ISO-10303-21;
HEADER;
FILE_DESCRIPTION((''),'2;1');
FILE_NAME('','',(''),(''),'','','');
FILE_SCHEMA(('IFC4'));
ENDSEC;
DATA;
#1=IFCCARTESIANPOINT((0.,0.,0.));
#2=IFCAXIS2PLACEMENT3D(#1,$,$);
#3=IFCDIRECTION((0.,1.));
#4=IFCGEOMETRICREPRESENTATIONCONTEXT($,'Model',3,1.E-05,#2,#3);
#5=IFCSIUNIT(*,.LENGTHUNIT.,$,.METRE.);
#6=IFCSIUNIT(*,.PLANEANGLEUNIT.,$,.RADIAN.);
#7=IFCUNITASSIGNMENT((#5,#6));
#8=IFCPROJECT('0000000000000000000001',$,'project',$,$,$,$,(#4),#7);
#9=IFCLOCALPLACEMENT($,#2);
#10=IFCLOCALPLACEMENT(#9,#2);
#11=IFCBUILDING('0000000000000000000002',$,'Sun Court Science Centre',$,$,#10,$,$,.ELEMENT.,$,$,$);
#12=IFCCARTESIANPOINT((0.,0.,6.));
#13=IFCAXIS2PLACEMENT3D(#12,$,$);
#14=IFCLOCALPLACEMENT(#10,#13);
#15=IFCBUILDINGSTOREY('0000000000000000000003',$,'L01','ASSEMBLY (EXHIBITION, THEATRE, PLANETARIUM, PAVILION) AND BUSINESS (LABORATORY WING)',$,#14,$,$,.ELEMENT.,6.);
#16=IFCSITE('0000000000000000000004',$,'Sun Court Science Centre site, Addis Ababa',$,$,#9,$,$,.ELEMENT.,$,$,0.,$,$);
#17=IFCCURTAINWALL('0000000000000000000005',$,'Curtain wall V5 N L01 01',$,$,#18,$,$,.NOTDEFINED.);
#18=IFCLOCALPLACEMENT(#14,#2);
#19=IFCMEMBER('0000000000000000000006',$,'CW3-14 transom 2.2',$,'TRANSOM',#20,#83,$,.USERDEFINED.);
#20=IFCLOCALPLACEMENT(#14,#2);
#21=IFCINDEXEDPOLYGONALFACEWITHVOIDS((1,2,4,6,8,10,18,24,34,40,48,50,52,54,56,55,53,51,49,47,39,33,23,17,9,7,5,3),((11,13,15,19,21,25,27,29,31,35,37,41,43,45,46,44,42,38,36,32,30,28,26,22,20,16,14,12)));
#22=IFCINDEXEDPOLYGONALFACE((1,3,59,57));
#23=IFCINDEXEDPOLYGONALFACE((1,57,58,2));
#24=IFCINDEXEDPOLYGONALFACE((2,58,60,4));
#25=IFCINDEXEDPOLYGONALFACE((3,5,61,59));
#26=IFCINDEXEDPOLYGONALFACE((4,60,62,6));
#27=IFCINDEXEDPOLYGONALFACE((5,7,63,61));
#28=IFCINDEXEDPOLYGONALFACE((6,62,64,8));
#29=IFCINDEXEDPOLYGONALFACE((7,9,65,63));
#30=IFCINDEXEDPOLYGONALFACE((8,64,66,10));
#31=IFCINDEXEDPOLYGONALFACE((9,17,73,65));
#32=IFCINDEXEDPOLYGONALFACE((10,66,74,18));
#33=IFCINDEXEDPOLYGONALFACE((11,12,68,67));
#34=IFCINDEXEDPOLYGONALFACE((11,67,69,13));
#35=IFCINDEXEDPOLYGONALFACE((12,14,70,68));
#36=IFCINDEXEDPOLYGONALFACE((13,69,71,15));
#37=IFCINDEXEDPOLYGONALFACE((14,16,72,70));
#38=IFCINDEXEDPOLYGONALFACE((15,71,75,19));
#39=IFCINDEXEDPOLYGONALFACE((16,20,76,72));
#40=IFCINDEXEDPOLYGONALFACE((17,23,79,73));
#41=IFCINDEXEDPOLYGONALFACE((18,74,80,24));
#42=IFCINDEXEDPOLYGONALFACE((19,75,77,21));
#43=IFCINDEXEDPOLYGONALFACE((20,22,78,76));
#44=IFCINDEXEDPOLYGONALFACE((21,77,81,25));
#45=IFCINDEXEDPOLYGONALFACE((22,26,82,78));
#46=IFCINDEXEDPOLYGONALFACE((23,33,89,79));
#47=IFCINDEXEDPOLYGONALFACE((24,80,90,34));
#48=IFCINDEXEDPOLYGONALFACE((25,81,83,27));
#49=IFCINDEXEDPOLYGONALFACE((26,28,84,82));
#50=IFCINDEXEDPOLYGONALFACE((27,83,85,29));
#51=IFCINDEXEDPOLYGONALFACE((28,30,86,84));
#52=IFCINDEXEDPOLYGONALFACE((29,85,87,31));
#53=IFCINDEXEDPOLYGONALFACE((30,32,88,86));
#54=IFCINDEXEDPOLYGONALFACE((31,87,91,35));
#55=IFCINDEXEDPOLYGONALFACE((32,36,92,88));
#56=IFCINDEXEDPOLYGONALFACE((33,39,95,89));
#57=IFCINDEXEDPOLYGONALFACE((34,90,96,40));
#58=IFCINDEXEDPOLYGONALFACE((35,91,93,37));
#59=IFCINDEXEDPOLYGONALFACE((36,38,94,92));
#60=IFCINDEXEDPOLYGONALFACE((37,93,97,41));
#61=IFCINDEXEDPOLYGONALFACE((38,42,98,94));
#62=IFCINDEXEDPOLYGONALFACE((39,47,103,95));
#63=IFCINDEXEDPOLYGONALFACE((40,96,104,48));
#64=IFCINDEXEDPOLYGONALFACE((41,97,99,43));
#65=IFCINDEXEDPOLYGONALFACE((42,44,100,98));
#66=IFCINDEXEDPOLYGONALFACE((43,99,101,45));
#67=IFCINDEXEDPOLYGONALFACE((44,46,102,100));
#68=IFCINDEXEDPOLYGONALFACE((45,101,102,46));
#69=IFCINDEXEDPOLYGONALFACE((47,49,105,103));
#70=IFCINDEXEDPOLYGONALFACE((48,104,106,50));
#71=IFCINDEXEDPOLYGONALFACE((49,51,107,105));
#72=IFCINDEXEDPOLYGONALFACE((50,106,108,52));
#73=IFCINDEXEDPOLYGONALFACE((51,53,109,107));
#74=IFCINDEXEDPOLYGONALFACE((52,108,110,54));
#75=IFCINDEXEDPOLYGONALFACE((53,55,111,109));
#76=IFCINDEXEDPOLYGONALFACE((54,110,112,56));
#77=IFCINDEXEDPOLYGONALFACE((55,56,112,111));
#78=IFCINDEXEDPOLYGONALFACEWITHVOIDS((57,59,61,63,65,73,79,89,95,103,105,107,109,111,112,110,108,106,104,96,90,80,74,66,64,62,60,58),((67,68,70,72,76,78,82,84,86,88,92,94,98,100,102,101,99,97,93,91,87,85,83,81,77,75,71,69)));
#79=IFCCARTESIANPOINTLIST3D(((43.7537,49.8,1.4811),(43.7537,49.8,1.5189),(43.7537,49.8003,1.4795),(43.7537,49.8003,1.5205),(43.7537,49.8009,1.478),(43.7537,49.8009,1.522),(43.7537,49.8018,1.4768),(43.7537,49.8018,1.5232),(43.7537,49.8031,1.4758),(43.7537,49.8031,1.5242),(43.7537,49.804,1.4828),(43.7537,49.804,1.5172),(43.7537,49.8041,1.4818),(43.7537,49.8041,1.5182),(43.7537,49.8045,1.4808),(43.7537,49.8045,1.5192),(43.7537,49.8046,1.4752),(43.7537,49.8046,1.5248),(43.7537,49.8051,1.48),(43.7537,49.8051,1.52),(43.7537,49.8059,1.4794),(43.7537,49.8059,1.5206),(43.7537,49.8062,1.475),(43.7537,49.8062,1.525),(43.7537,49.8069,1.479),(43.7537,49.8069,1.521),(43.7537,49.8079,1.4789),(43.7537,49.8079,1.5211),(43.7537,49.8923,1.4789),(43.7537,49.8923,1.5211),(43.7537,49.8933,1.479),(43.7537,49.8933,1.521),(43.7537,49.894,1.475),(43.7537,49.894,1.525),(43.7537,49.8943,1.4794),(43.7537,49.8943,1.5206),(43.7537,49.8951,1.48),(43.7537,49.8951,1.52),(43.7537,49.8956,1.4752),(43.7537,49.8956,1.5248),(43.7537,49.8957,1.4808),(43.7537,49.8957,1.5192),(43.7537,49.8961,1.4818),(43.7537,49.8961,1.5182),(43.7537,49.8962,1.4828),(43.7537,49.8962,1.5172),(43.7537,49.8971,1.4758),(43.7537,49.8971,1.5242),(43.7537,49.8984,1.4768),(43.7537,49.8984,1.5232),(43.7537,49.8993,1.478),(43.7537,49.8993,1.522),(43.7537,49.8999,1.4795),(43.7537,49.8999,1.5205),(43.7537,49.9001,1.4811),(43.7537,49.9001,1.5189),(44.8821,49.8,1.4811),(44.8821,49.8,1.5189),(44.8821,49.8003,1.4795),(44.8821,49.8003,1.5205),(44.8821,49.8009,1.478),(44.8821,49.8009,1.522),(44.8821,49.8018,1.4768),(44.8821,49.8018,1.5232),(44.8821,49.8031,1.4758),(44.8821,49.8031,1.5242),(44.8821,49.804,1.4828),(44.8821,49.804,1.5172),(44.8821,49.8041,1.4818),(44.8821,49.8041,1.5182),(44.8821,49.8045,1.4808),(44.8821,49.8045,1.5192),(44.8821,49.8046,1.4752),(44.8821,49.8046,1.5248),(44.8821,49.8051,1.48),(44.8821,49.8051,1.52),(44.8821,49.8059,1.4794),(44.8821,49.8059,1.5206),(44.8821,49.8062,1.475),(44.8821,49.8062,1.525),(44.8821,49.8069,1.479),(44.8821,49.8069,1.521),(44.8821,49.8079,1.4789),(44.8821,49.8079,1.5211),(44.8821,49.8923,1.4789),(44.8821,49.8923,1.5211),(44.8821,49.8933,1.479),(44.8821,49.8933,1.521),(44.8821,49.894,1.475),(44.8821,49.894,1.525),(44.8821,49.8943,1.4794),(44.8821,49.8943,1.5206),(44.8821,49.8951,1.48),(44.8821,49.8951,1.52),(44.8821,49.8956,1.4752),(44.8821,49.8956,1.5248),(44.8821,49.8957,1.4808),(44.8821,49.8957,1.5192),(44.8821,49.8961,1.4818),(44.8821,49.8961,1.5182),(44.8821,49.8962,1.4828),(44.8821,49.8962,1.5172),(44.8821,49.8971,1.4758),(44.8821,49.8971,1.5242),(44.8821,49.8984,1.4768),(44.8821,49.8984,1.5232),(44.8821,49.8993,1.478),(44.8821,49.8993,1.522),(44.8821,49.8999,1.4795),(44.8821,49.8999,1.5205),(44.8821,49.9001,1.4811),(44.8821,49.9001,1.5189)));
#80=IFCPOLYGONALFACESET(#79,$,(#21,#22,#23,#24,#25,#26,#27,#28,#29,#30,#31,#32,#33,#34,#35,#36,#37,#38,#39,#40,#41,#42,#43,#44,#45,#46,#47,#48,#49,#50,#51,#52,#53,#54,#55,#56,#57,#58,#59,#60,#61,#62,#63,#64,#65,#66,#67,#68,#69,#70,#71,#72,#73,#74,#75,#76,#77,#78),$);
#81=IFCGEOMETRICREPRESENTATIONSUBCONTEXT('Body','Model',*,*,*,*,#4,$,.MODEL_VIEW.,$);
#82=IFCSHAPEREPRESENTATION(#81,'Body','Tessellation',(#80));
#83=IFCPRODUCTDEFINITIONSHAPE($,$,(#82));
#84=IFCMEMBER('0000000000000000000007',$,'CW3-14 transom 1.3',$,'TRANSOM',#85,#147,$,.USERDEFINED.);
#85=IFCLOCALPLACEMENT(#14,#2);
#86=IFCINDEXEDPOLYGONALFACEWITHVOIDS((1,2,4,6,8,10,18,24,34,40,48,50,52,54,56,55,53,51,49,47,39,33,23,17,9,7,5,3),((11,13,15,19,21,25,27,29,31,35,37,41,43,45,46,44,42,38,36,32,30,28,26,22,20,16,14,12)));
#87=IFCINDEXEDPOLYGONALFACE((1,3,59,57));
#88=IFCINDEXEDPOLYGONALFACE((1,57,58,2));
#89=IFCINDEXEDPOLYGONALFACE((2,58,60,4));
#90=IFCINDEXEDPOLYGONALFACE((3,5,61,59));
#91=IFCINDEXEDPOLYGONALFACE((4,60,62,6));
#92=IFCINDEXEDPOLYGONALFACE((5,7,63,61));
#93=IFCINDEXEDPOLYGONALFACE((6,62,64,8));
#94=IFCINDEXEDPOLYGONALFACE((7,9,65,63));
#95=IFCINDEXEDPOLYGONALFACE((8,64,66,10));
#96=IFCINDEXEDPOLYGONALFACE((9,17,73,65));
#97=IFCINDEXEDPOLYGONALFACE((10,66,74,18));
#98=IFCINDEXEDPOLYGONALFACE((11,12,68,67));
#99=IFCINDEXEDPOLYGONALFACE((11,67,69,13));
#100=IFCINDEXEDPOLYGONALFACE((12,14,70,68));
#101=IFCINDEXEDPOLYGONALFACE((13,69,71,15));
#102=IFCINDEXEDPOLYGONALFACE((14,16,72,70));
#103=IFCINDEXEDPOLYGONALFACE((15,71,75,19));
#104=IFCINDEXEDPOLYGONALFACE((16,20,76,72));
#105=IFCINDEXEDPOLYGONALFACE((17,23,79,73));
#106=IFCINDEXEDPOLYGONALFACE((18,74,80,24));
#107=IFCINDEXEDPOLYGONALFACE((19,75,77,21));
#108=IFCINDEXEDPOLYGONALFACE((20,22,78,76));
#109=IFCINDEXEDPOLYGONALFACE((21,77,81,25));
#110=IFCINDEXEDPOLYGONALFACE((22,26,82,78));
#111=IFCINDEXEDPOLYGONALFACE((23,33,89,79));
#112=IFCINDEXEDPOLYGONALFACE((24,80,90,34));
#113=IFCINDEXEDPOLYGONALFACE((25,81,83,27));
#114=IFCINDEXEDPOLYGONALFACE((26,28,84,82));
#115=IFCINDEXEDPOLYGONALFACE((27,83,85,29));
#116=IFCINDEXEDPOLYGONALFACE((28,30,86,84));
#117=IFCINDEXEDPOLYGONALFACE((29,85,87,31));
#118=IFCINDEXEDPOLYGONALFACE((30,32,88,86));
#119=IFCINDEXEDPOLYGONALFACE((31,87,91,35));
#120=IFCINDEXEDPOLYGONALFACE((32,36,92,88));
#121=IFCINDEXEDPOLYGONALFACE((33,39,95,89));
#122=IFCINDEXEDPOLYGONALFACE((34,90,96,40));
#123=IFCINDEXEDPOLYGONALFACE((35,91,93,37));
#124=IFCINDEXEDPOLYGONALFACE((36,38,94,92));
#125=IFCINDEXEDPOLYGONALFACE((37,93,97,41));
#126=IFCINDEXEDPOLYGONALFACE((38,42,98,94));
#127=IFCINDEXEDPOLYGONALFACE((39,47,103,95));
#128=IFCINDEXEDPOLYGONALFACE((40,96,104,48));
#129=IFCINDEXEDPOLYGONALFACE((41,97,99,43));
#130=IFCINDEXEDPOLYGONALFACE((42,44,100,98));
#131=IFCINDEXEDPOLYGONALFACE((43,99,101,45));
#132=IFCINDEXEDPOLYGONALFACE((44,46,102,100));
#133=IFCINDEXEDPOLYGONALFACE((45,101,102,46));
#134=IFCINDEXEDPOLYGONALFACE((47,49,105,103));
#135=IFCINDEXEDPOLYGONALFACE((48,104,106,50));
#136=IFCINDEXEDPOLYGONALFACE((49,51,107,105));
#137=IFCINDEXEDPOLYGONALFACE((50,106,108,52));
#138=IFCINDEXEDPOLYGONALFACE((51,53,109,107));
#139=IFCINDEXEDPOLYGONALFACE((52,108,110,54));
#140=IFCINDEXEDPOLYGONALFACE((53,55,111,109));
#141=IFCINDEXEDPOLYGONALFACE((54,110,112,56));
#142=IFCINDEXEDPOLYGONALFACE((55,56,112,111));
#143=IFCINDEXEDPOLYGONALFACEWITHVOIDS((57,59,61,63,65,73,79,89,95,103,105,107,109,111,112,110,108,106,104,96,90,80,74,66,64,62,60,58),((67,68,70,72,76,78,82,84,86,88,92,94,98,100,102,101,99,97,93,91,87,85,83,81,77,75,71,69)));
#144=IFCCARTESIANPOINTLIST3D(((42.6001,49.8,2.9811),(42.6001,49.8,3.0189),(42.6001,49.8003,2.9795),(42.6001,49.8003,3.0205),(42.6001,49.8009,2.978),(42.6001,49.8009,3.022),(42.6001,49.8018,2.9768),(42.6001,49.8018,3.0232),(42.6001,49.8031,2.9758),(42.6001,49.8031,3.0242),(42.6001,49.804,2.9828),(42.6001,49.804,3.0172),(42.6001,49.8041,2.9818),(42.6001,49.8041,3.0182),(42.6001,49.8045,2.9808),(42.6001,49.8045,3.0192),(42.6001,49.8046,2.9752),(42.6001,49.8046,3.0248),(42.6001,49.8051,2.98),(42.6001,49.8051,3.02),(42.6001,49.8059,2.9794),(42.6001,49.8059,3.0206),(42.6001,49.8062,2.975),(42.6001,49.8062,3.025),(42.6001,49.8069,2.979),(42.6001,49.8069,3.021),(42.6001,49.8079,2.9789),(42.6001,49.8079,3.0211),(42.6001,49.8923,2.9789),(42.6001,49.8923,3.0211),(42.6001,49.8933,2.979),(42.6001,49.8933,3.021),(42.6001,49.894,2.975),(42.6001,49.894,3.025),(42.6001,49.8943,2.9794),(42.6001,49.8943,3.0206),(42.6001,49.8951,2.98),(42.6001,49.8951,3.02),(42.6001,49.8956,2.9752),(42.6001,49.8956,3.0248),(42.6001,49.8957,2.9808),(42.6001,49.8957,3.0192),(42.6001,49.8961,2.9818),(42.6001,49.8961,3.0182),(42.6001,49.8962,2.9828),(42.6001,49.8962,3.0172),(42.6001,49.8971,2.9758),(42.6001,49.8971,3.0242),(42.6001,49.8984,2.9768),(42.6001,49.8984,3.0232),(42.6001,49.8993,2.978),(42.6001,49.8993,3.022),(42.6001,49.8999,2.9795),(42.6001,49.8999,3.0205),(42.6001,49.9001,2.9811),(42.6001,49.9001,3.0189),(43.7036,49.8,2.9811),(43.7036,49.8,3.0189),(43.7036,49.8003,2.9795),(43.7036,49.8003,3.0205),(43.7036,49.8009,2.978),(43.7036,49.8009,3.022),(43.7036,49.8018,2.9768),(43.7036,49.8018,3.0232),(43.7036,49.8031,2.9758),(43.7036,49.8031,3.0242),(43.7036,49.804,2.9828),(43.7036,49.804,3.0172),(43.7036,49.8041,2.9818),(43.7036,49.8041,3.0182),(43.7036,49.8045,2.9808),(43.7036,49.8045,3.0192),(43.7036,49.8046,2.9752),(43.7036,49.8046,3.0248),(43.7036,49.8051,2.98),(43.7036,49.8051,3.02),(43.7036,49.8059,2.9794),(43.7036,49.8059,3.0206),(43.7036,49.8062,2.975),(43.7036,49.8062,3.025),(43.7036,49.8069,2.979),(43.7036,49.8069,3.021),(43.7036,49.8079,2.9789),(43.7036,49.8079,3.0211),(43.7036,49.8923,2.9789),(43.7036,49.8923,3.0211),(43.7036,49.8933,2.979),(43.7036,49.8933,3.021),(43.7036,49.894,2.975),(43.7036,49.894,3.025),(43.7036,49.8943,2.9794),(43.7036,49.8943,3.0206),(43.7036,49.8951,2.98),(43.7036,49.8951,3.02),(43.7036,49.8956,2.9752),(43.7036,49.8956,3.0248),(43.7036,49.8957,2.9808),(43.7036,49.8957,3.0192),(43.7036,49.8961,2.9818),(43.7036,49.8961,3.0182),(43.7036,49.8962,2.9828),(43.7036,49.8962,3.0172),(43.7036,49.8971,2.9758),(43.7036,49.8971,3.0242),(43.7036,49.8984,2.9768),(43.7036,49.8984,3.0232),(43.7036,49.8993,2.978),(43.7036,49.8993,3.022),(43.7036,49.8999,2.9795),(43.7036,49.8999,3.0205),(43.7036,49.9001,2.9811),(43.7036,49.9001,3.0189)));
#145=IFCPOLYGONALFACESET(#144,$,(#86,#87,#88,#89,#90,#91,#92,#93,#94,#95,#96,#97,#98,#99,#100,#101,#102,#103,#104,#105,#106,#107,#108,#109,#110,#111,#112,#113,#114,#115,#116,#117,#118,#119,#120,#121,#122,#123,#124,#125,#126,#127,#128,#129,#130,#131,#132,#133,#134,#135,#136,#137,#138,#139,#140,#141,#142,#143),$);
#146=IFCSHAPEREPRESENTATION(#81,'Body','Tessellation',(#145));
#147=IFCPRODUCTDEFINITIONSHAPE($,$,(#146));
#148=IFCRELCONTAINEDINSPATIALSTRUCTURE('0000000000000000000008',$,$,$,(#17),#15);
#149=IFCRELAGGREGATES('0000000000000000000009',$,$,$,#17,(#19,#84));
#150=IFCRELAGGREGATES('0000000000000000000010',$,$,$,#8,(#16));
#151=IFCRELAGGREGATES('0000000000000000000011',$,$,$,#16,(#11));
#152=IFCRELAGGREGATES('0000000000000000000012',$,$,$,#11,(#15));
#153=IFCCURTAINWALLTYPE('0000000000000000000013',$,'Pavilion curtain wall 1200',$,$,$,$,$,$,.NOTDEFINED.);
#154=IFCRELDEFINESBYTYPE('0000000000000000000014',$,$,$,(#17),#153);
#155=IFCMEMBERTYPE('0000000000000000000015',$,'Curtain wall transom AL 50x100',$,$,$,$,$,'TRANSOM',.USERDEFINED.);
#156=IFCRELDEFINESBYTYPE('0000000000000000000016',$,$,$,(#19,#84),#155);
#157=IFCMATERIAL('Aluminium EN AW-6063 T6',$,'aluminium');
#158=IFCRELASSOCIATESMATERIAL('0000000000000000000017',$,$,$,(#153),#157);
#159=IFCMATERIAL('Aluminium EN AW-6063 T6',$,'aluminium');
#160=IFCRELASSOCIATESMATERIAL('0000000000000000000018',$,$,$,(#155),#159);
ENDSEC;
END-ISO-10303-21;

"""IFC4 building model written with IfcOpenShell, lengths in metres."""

from ifc_helpers import new_model, si_unit, direction, frame, origin, origin_2d, place, context, subcontext, project, spatial, hollow_rectangle, extrude, material, material_profile, profile_set, type_object, element, aggregate, save


model = new_model("IFC4")

# Units and contexts
model_context = context("Model", 3, precision=1e-05, world=origin(), true_north=direction((0.0, 1.0)))
body_context = subcontext(model_context, "Body", "Model", "MODEL_VIEW")
ifc_project = project(units=[si_unit("LENGTHUNIT", "METRE"), si_unit("PLANEANGLEUNIT", "RADIAN")], contexts=[model_context])

# Site, building, storey
site_placement = place(None, origin())
site = spatial("IfcSite", under=ifc_project, at=site_placement, Name="Sun Court Science Centre site, Addis Ababa", CompositionType="ELEMENT", RefElevation=0.0)
building_placement = place(site_placement, origin())
building = spatial("IfcBuilding", under=site, at=building_placement, Name="Sun Court Science Centre", CompositionType="ELEMENT")
storey_placement = place(building_placement, frame((0.0, 0.0, 6.0)))
storey = spatial("IfcBuildingStorey", under=building, at=storey_placement, Name="L01", Description="ASSEMBLY (EXHIBITION, THEATRE, PLANETARIUM, PAVILION) AND BUSINESS (LABORATORY WING)", CompositionType="ELEMENT", Elevation=6.0)

# Curtain wall
ifc_material_1 = material(Name="Aluminium EN AW-6063 T6", Category="aluminium")
curtain_wall_type_1 = type_object("IfcCurtainWallType", Name="Pavilion curtain wall 1200", PredefinedType="NOTDEFINED", material=ifc_material_1)
curtain_wall_1_placement = place(storey_placement, origin())
curtain_wall_1 = element("IfcCurtainWall", 1, at=curtain_wall_1_placement, inside=storey, type_object=curtain_wall_type_1, Name="Curtain wall V5 N L01 01", PredefinedType="NOTDEFINED")

# Members
ifc_material_2 = material(Name="Aluminium EN AW-6063 T6", Category="aluminium")
ifc_material_profile_1 = material_profile(ifc_material_2, hollow_rectangle(XDim=0.05, YDim=0.1001, WallThickness=0.0039, InnerFilletRadius=0.0039, OuterFilletRadius=0.0061, at=origin_2d()), Name="AL 50x100x4")
ifc_profile_set_1 = profile_set([ifc_material_profile_1], Name="Aluminium EN AW-6063 T6")
member_type_1 = type_object("IfcMemberType", Name="Curtain wall transom AL 50x100", ElementType="TRANSOM", PredefinedType="USERDEFINED", material=ifc_profile_set_1)
member_1_placement = place(storey_placement, frame((43.7537, 49.8501, 1.5), z_axis=(1.0, 0.0, 0.0), x_axis=(0.0, 0.0, 1.0)))
member_1 = element("IfcMember", 2, at=member_1_placement, type_object=member_type_1, Name="CW3-14 transom 2.2", ObjectType="TRANSOM", PredefinedType="USERDEFINED", context=body_context, shape_type="SweptSolid", body=[
    extrude(hollow_rectangle(XDim=0.05, YDim=0.1001, WallThickness=0.0039, InnerFilletRadius=0.0039, OuterFilletRadius=0.0061, at=origin_2d()), origin(), (0.0, 0.0, 1.0), 1.1284),
])
member_2_placement = place(storey_placement, frame((42.6001, 49.8501, 3.0), z_axis=(1.0, 0.0, 0.0), x_axis=(0.0, 0.0, 1.0)))
member_2 = element("IfcMember", 3, at=member_2_placement, type_object=member_type_1, Name="CW3-14 transom 1.3", ObjectType="TRANSOM", PredefinedType="USERDEFINED", context=body_context, shape_type="SweptSolid", body=[
    extrude(hollow_rectangle(XDim=0.05, YDim=0.1001, WallThickness=0.0039, InnerFilletRadius=0.0039, OuterFilletRadius=0.0061, at=origin_2d()), origin(), (0.0, 0.0, 1.0), 1.1035),
])

aggregate(curtain_wall_1, [member_1, member_2])

save(model, "model.ifc")
